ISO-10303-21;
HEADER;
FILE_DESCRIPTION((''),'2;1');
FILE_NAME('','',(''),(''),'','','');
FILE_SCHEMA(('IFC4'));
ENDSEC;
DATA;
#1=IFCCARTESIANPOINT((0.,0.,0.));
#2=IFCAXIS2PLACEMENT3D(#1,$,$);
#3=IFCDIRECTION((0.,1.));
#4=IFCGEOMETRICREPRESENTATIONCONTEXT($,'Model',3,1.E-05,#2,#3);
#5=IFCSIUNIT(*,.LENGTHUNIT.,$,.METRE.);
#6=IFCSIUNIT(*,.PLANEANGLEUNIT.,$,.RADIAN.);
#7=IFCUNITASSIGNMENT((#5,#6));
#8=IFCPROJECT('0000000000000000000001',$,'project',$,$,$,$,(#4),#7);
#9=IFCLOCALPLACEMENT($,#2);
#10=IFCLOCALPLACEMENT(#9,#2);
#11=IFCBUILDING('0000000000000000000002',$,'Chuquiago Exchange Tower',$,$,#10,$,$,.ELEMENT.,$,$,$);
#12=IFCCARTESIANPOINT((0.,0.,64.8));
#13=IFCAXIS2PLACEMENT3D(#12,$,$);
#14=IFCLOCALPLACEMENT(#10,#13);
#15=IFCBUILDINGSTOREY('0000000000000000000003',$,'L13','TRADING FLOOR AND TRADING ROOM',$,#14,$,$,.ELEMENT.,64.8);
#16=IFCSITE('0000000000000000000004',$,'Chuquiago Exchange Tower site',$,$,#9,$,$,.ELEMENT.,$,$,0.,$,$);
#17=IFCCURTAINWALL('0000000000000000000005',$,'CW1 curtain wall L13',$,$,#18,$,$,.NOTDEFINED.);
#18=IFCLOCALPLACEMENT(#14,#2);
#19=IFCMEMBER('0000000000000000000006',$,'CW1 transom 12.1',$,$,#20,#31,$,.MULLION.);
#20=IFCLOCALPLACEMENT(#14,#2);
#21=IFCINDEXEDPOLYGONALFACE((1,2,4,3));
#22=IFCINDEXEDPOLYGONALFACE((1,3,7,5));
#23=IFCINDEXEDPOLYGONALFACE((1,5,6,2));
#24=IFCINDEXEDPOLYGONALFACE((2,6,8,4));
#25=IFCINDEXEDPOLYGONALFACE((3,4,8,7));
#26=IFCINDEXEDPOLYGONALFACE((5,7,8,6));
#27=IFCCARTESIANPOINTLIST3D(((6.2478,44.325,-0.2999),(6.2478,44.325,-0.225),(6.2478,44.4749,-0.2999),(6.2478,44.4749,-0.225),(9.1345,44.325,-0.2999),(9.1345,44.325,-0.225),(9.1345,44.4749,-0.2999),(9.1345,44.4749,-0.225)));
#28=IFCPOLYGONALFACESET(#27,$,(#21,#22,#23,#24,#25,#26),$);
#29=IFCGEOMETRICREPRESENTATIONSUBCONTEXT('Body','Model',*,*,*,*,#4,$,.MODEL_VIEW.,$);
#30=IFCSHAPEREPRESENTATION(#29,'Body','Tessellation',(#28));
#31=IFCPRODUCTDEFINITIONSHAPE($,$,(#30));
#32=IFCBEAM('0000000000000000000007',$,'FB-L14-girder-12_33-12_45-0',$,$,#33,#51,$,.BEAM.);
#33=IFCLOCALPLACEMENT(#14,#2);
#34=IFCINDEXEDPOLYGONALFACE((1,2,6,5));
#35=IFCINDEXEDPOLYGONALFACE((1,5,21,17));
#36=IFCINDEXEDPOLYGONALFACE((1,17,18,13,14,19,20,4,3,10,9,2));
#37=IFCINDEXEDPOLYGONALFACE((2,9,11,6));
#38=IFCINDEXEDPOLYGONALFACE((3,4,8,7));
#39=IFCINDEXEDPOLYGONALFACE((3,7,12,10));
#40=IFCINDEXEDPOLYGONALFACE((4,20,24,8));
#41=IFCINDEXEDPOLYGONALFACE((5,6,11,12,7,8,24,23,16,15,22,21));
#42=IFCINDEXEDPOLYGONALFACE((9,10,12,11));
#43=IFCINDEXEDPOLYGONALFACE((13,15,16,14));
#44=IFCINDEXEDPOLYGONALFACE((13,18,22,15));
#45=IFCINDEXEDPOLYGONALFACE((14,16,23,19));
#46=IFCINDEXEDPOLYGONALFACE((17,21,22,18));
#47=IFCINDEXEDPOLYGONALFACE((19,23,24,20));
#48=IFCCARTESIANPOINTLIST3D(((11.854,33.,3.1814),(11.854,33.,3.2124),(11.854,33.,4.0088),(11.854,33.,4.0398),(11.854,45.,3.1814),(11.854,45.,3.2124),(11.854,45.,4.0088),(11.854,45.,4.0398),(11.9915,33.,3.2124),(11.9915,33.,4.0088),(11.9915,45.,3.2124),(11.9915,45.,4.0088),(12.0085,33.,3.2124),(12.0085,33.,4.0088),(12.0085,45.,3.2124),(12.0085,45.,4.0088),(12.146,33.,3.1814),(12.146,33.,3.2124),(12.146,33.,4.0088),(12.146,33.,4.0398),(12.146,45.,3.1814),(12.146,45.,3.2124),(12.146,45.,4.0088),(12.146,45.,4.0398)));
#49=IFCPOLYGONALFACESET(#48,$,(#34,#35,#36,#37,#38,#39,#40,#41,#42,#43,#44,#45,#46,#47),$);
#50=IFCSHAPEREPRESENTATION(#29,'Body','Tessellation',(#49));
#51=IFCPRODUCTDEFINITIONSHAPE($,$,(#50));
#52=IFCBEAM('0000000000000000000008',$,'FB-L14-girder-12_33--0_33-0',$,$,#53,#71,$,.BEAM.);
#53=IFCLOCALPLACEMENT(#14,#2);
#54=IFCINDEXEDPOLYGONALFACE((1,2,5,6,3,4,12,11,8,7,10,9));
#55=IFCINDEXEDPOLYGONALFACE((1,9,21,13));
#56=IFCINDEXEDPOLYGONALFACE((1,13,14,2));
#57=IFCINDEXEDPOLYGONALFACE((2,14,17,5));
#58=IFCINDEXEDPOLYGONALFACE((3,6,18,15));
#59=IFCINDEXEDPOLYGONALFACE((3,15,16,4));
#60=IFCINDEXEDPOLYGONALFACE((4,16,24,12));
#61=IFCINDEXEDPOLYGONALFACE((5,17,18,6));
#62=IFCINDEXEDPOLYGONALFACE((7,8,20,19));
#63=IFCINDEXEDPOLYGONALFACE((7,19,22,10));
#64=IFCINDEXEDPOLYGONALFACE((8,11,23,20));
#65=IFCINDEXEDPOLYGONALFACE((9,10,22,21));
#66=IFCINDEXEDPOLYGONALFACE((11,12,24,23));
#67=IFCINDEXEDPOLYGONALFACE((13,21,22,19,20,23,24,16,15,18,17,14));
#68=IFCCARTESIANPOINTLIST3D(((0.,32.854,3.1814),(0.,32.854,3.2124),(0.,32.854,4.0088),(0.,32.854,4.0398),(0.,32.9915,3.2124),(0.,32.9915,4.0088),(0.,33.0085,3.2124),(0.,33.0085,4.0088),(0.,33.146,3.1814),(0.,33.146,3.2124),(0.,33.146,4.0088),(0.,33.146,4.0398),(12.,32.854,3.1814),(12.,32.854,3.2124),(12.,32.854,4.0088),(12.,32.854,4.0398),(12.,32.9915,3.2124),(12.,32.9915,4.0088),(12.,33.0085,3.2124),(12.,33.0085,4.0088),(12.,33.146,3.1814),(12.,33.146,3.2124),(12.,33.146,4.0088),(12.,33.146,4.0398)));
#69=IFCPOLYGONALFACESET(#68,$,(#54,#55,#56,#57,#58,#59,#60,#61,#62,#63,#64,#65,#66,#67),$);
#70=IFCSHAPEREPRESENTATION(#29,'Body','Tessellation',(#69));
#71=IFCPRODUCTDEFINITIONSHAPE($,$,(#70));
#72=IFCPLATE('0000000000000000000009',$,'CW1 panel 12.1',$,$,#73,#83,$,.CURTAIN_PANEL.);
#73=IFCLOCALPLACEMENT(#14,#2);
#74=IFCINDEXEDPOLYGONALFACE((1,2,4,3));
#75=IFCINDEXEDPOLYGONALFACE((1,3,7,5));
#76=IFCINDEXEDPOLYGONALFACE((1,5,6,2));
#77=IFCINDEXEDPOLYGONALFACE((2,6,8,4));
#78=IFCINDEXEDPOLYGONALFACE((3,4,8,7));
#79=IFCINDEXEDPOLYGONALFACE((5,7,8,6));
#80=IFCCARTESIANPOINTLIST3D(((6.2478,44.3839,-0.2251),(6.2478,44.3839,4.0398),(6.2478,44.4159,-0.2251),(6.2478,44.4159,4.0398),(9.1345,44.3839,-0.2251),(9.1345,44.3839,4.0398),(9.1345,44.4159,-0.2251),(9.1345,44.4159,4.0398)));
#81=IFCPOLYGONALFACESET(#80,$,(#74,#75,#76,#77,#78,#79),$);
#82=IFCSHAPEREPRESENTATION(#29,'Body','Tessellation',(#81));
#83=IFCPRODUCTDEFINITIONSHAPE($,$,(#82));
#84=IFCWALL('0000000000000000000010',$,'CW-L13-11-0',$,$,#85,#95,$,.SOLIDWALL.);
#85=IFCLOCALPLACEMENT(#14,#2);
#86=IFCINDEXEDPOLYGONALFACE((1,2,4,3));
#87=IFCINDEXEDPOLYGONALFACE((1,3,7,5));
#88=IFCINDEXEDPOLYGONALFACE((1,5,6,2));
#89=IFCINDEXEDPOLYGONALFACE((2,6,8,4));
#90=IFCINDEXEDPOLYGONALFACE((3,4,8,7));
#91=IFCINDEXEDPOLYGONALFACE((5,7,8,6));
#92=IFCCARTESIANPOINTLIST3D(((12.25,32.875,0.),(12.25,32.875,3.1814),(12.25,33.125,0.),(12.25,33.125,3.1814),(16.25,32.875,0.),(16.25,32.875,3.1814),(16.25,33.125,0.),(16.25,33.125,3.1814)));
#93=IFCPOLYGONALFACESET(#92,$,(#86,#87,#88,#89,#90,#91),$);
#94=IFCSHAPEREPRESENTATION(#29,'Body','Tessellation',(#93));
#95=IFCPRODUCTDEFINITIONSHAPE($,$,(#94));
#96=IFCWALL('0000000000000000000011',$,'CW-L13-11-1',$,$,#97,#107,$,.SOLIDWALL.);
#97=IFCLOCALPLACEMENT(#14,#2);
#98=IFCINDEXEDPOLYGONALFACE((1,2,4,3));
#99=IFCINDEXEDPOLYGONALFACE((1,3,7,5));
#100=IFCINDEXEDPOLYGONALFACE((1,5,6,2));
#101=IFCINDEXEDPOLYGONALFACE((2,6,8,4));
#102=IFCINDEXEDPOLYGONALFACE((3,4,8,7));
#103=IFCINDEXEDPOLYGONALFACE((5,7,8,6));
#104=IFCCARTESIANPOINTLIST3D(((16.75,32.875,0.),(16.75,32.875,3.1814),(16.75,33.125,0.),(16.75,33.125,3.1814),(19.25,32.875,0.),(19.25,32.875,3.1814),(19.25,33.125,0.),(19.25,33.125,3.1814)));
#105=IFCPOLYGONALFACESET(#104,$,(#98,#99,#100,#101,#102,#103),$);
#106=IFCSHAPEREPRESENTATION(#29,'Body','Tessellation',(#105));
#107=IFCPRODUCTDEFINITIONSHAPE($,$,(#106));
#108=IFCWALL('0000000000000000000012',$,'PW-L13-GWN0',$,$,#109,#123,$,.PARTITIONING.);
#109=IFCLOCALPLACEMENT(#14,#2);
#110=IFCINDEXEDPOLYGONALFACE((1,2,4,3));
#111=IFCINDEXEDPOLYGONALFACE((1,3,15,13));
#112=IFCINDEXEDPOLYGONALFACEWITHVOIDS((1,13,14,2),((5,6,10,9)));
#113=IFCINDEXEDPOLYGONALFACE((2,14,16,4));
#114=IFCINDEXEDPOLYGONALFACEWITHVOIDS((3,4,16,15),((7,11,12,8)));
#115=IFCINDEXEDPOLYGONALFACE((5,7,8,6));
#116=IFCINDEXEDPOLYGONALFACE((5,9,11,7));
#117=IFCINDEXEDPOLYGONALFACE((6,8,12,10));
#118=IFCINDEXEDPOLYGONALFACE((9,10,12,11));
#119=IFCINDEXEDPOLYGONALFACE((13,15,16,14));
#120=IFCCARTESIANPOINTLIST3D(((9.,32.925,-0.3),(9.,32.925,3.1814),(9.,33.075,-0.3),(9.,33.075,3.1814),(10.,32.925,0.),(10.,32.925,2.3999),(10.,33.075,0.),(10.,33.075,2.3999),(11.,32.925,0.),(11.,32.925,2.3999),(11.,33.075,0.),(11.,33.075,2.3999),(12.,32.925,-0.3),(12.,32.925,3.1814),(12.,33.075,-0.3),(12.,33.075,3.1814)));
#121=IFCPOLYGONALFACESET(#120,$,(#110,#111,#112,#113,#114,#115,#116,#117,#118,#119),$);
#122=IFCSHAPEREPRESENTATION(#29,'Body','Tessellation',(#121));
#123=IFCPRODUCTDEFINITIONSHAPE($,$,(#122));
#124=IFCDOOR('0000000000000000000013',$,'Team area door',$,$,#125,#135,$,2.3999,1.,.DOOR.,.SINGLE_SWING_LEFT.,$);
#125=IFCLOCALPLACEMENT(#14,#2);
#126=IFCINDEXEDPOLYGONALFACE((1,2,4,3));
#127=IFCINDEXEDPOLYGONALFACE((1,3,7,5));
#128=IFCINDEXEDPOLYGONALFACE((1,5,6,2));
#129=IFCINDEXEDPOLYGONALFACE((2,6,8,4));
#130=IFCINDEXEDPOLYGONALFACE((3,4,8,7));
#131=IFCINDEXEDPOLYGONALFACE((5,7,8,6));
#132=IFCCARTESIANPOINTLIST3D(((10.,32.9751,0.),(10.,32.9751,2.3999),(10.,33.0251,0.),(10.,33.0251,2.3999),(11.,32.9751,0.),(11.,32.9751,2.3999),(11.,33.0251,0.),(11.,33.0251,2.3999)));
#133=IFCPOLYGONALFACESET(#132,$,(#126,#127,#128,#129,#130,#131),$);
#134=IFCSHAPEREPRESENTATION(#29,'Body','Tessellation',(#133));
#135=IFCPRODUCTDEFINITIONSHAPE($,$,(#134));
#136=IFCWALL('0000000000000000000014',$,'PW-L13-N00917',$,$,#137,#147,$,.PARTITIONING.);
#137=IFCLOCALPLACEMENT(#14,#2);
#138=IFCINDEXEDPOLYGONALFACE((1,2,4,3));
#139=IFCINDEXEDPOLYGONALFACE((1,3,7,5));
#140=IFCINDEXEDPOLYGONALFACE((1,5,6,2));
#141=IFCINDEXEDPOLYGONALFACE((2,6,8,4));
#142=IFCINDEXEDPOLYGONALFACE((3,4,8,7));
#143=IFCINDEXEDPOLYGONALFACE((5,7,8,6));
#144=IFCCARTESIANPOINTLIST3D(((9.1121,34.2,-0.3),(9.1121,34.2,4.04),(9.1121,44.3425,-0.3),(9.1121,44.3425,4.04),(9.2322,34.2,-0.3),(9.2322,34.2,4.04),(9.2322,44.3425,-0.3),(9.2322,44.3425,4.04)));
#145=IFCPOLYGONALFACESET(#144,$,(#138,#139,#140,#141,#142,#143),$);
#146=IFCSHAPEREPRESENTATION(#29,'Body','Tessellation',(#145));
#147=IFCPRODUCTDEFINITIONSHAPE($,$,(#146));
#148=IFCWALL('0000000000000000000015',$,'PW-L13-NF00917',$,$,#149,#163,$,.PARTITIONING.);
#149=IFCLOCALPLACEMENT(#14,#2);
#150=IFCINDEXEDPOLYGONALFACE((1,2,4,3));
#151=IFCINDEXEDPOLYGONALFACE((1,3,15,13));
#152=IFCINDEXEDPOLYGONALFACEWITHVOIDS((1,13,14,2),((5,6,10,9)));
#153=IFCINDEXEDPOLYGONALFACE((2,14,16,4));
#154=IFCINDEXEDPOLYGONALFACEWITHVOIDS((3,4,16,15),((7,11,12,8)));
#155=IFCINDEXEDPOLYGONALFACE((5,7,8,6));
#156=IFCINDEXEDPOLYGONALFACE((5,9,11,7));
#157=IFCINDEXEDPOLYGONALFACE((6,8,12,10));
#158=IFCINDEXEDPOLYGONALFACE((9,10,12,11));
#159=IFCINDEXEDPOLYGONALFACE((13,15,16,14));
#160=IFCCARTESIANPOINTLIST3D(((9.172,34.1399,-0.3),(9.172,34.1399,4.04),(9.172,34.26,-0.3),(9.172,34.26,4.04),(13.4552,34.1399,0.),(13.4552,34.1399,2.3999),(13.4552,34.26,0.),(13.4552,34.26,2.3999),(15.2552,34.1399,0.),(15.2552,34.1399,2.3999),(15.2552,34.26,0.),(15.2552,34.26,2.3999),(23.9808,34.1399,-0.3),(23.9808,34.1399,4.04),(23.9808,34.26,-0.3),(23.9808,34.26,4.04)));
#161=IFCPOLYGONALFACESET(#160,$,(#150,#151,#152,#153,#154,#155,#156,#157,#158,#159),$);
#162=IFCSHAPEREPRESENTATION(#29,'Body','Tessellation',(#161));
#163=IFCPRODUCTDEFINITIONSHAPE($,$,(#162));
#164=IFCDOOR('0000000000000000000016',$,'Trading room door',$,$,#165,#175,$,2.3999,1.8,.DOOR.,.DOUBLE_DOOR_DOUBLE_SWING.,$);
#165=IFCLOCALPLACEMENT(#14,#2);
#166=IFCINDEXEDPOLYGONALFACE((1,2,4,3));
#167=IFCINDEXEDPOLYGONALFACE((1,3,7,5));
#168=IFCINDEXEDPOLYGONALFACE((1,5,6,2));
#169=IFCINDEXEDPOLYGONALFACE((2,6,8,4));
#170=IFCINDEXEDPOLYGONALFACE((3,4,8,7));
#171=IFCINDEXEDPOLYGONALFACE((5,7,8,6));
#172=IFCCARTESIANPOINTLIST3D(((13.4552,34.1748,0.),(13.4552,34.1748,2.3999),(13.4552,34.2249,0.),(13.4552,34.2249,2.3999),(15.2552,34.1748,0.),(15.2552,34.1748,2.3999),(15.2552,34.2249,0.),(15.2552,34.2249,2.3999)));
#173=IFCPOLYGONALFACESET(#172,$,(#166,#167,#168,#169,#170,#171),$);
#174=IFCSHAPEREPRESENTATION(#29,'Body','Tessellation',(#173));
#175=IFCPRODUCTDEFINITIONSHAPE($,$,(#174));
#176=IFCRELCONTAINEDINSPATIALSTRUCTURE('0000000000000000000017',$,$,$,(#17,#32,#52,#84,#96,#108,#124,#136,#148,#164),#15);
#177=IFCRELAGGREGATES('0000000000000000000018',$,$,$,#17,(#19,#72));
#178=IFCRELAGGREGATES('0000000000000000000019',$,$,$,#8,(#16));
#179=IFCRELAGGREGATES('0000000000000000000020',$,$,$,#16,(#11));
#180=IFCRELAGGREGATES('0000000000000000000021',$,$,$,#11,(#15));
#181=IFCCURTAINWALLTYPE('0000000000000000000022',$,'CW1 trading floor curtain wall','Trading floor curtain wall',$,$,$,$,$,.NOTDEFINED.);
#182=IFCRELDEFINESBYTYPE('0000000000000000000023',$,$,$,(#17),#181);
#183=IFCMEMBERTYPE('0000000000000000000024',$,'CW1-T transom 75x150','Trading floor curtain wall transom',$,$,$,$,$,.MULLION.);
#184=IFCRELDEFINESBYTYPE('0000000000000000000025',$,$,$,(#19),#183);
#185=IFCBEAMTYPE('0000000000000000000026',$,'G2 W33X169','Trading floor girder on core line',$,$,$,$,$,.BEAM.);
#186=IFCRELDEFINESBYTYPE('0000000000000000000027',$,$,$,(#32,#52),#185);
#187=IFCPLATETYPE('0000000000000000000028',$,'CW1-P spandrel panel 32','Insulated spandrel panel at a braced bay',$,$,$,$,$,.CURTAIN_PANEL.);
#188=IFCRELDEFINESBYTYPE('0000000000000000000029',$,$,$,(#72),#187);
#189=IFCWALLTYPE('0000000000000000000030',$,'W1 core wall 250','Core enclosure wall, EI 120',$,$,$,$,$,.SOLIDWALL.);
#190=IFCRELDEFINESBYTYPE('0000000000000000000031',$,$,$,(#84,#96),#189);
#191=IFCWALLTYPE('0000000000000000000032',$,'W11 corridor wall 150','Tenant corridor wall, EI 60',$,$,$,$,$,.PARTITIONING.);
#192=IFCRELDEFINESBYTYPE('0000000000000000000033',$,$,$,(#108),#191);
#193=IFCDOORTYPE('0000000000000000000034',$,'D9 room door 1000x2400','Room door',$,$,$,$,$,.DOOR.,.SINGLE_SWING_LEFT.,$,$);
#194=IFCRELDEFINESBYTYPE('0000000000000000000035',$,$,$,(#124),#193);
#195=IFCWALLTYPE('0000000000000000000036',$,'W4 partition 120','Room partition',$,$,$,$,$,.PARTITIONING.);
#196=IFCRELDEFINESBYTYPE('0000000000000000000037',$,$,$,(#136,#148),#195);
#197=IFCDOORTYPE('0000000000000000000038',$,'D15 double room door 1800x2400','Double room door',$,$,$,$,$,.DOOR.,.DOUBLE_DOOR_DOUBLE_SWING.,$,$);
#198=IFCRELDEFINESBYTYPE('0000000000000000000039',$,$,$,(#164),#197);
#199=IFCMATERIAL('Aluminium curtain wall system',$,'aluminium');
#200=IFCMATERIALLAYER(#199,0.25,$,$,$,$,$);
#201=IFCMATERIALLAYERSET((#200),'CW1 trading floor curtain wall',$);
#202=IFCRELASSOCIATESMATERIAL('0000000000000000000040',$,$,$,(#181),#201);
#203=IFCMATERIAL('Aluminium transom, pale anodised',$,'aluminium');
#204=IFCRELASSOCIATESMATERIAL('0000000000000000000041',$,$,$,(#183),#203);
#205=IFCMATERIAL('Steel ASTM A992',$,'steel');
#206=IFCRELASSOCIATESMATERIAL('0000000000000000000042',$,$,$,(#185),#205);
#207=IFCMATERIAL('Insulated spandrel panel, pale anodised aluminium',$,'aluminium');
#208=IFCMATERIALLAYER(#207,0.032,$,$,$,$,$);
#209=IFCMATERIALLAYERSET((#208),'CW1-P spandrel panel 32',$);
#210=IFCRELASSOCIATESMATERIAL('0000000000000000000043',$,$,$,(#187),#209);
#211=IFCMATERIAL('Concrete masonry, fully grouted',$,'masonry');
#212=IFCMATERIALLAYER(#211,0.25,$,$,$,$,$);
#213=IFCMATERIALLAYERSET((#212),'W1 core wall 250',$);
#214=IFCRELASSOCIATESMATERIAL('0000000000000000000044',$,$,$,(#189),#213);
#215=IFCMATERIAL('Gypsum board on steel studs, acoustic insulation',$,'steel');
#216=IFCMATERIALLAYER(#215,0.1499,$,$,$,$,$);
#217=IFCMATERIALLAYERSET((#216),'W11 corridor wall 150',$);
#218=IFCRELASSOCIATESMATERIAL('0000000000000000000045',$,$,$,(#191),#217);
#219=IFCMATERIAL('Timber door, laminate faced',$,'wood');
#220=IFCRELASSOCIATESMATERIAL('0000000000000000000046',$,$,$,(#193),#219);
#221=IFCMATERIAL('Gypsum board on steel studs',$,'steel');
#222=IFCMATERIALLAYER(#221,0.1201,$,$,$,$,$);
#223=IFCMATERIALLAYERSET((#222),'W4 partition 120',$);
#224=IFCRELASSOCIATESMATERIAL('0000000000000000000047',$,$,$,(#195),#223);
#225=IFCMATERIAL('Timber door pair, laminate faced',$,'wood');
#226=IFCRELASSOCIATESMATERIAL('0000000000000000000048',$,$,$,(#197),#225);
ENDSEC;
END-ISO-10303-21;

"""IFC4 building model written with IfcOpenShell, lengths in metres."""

from ifc_helpers import new_model, si_unit, direction, frame, frame_2d, origin, origin_2d, place, context, subcontext, project, spatial, rectangle, i_section, extrude, material, layer, layer_set, material_profile, profile_set, type_object, element, fill, aggregate, save


model = new_model("IFC4")

# Units and contexts
model_context = context("Model", 3, precision=1e-05, world=origin(), true_north=direction((0.0, 1.0)))
body_context = subcontext(model_context, "Body", "Model", "MODEL_VIEW")
ifc_project = project(units=[si_unit("LENGTHUNIT", "METRE"), si_unit("PLANEANGLEUNIT", "RADIAN")], contexts=[model_context])

# Site, building, storey
site_placement = place(None, origin())
site = spatial("IfcSite", under=ifc_project, at=site_placement, Name="Chuquiago Exchange Tower site", CompositionType="ELEMENT", RefElevation=0.0)
building_placement = place(site_placement, origin())
building = spatial("IfcBuilding", under=site, at=building_placement, Name="Chuquiago Exchange Tower", CompositionType="ELEMENT")
storey_placement = place(building_placement, frame((0.0, 0.0, 64.8)))
storey = spatial("IfcBuildingStorey", under=building, at=storey_placement, Name="L13", Description="TRADING FLOOR AND TRADING ROOM", CompositionType="ELEMENT", Elevation=64.8)

# Curtain wall, member
ifc_material_1 = material(Name="Aluminium curtain wall system", Category="aluminium")
ifc_layer_1 = layer(ifc_material_1, 0.25)
ifc_layer_set_1 = layer_set([ifc_layer_1], Name="CW1 trading floor curtain wall")
curtain_wall_type = type_object("IfcCurtainWallType", Name="CW1 trading floor curtain wall", Description="Trading floor curtain wall", PredefinedType="NOTDEFINED", material=ifc_layer_set_1)
curtain_wall_placement = place(storey_placement, origin())
curtain_wall = element("IfcCurtainWall", 1, at=curtain_wall_placement, inside=storey, type_object=curtain_wall_type, Name="CW1 curtain wall L13", PredefinedType="NOTDEFINED")
ifc_material_2 = material(Name="Aluminium transom, pale anodised", Category="aluminium")
ifc_material_profile_1 = material_profile(ifc_material_2, rectangle(XDim=0.1499, YDim=0.075, at=origin_2d()), Name="AL 150x75")
ifc_profile_set_1 = profile_set([ifc_material_profile_1], Name="Aluminium transom, pale anodised")
member_type = type_object("IfcMemberType", Name="CW1-T transom 75x150", Description="Trading floor curtain wall transom", PredefinedType="MULLION", material=ifc_profile_set_1)
member_placement = place(storey_placement, frame((9.1345, 44.3999, -0.2625), z_axis=(-1.0, 0.0, 0.0), x_axis=(0.0, -1.0, 0.0)))
member = element("IfcMember", 2, at=member_placement, type_object=member_type, Name="CW1 transom 12.1", PredefinedType="MULLION", context=body_context, shape_type="SweptSolid", body=[
    extrude(rectangle(XDim=0.1499, YDim=0.075, at=origin_2d()), origin(), (0.0, 0.0, 1.0), 2.8867),
])

# Beams
ifc_material_3 = material(Name="Steel ASTM A992", Category="steel")
ifc_material_profile_2 = material_profile(ifc_material_3, i_section(OverallWidth=0.292, OverallDepth=0.8584, WebThickness=0.0171, FlangeThickness=0.031, at=origin_2d()), Name="W33X169")
ifc_profile_set_2 = profile_set([ifc_material_profile_2], Name="Steel ASTM A992")
beam_type_1 = type_object("IfcBeamType", Name="G2 W33X169", Description="Trading floor girder on core line", PredefinedType="BEAM", material=ifc_profile_set_2)
for number, where, z_axis, x_axis, name in (
    (3, (12.0, 33.0, 3.6106), (0.0, 1.0, 0.0), (-1.0, 0.0, 0.0), "FB-L14-girder-12_33-12_45-0"),
    (4, (12.0, 33.0, 3.6106), (-1.0, 0.0, 0.0), (0.0, -1.0, 0.0), "FB-L14-girder-12_33--0_33-0"),
):
    element("IfcBeam", number, at=place(storey_placement, frame(where, z_axis=z_axis, x_axis=x_axis)), inside=storey, type_object=beam_type_1, Name=name, PredefinedType="BEAM", context=body_context, shape_type="SweptSolid", body=[
        extrude(i_section(OverallWidth=0.292, OverallDepth=0.8584, WebThickness=0.0171, FlangeThickness=0.031, at=origin_2d()), origin(), (0.0, 0.0, 1.0), 12.0),
    ])

# Plate
ifc_material_4 = material(Name="Insulated spandrel panel, pale anodised aluminium", Category="aluminium")
ifc_layer_2 = layer(ifc_material_4, 0.032)
ifc_layer_set_2 = layer_set([ifc_layer_2], Name="CW1-P spandrel panel 32")
plate_type = type_object("IfcPlateType", Name="CW1-P spandrel panel 32", Description="Insulated spandrel panel at a braced bay", PredefinedType="CURTAIN_PANEL", material=ifc_layer_set_2)
plate_placement = place(storey_placement, frame((7.6912, 44.3999, -0.2251), z_axis=(0.0, 0.0, 1.0), x_axis=(-1.0, 0.0, 0.0)))
plate = element("IfcPlate", 5, at=plate_placement, type_object=plate_type, Name="CW1 panel 12.1", PredefinedType="CURTAIN_PANEL", context=body_context, shape_type="SweptSolid", body=[
    extrude(rectangle(XDim=2.8867, YDim=0.032, at=origin_2d()), origin(), (0.0, 0.0, 1.0), 4.2649),
])
aggregate(curtain_wall, [member, plate])

# Walls
ifc_material_5 = material(Name="Concrete masonry, fully grouted", Category="masonry")
ifc_layer_3 = layer(ifc_material_5, 0.25)
ifc_layer_set_3 = layer_set([ifc_layer_3], Name="W1 core wall 250")
wall_type_1 = type_object("IfcWallType", Name="W1 core wall 250", Description="Core enclosure wall, EI 120", PredefinedType="SOLIDWALL", material=ifc_layer_set_3)
wall_1_placement = place(storey_placement, frame((12.25, 33.0, 0.0), z_axis=(0.0, 0.0, 1.0), x_axis=(1.0, 0.0, 0.0)))
element("IfcWall", 6, at=wall_1_placement, inside=storey, type_object=wall_type_1, Name="CW-L13-11-0", PredefinedType="SOLIDWALL", context=body_context, shape_type="SweptSolid", body=[
    extrude(rectangle(XDim=4.0, YDim=0.25, at=frame_2d((2.0, 0.0))), origin(), (0.0, 0.0, 1.0), 3.1814),
])
wall_2_placement = place(storey_placement, frame((16.75, 33.0, 0.0), z_axis=(0.0, 0.0, 1.0), x_axis=(1.0, 0.0, 0.0)))
element("IfcWall", 7, at=wall_2_placement, inside=storey, type_object=wall_type_1, Name="CW-L13-11-1", PredefinedType="SOLIDWALL", context=body_context, shape_type="SweptSolid", body=[
    extrude(rectangle(XDim=2.5, YDim=0.25, at=frame_2d((1.25, 0.0))), origin(), (0.0, 0.0, 1.0), 3.1814),
])

# Wall, opening, door
ifc_material_6 = material(Name="Gypsum board on steel studs, acoustic insulation", Category="steel")
ifc_layer_4 = layer(ifc_material_6, 0.1499)
ifc_layer_set_4 = layer_set([ifc_layer_4], Name="W11 corridor wall 150")
wall_type_2 = type_object("IfcWallType", Name="W11 corridor wall 150", Description="Tenant corridor wall, EI 60", PredefinedType="PARTITIONING", material=ifc_layer_set_4)
wall_3_placement = place(storey_placement, frame((9.0, 33.0, -0.3), z_axis=(0.0, 0.0, 1.0), x_axis=(1.0, 0.0, 0.0)))
wall_3 = element("IfcWall", 8, at=wall_3_placement, inside=storey, type_object=wall_type_2, Name="PW-L13-GWN0", PredefinedType="PARTITIONING", context=body_context, shape_type="SweptSolid", body=[
    extrude(rectangle(XDim=3.0, YDim=0.1499, at=frame_2d((1.5, 0.0))), origin(), (0.0, 0.0, 1.0), 3.4814),
])
opening_1_placement = place(wall_3_placement, frame((1.0, 0.0, 0.3)))
opening_1 = element("IfcOpeningElement", 9, at=opening_1_placement, cuts=wall_3, PredefinedType="OPENING", context=body_context, shape_type="SweptSolid", body=[
    extrude(rectangle(XDim=1.0, YDim=2.3999, at=frame_2d((0.5, 1.2))), frame((0.0, 0.085, 0.0), z_axis=(0.0, -1.0, 0.0), x_axis=(1.0, 0.0, 0.0)), (0.0, 0.0, 1.0), 0.1699),
])
ifc_material_7 = material(Name="Timber door, laminate faced", Category="wood")
door_type_1 = type_object("IfcDoorType", Name="D9 room door 1000x2400", Description="Room door", OperationType="SINGLE_SWING_LEFT", PredefinedType="DOOR", material=ifc_material_7)
door_1_placement = place(opening_1_placement, frame((1.0, 0.0, 0.0), z_axis=(0.0, 0.0, 1.0), x_axis=(-1.0, 0.0, 0.0)))
door_1 = element("IfcDoor", 10, at=door_1_placement, inside=storey, type_object=door_type_1, Name="Team area door", OperationType="SINGLE_SWING_LEFT", OverallHeight=2.3999, OverallWidth=1.0, PredefinedType="DOOR", context=body_context, shape_type="SweptSolid", body=[
    extrude(rectangle(XDim=1.0, YDim=2.3999, at=frame_2d((0.5, 1.2))), frame((0.0, 0.0249, 0.0), z_axis=(0.0, -1.0, 0.0), x_axis=(1.0, 0.0, 0.0)), (0.0, 0.0, 1.0), 0.05),
])
fill(opening_1, door_1)

# Wall
ifc_material_8 = material(Name="Gypsum board on steel studs", Category="steel")
ifc_layer_5 = layer(ifc_material_8, 0.1201)
ifc_layer_set_5 = layer_set([ifc_layer_5], Name="W4 partition 120")
wall_type_3 = type_object("IfcWallType", Name="W4 partition 120", Description="Room partition", PredefinedType="PARTITIONING", material=ifc_layer_set_5)
wall_4_placement = place(storey_placement, frame((9.1721, 44.3425, -0.3), z_axis=(0.0, 0.0, 1.0), x_axis=(0.0, -1.0, 0.0)))
element("IfcWall", 11, at=wall_4_placement, inside=storey, type_object=wall_type_3, Name="PW-L13-N00917", PredefinedType="PARTITIONING", context=body_context, shape_type="SweptSolid", body=[
    extrude(rectangle(XDim=10.1426, YDim=0.1201, at=frame_2d((5.0713, 0.0))), origin(), (0.0, 0.0, 1.0), 4.3401),
])

# Wall, opening, door
wall_5_placement = place(storey_placement, frame((9.1721, 34.2, -0.3), z_axis=(0.0, 0.0, 1.0), x_axis=(1.0, 0.0, 0.0)))
wall_5 = element("IfcWall", 12, at=wall_5_placement, inside=storey, type_object=wall_type_3, Name="PW-L13-NF00917", PredefinedType="PARTITIONING", context=body_context, shape_type="SweptSolid", body=[
    extrude(rectangle(XDim=14.8088, YDim=0.1201, at=frame_2d((7.4043, 0.0))), origin(), (0.0, 0.0, 1.0), 4.3401),
])
opening_2_placement = place(wall_5_placement, frame((4.2832, 0.0, 0.3)))
opening_2 = element("IfcOpeningElement", 13, at=opening_2_placement, cuts=wall_5, PredefinedType="OPENING", context=body_context, shape_type="SweptSolid", body=[
    extrude(rectangle(XDim=1.8, YDim=2.3999, at=frame_2d((0.8999, 1.2))), frame((0.0, 0.0701, 0.0), z_axis=(0.0, -1.0, 0.0), x_axis=(1.0, 0.0, 0.0)), (0.0, 0.0, 1.0), 0.1401),
])
ifc_material_9 = material(Name="Timber door pair, laminate faced", Category="wood")
door_type_2 = type_object("IfcDoorType", Name="D15 double room door 1800x2400", Description="Double room door", OperationType="DOUBLE_DOOR_DOUBLE_SWING", PredefinedType="DOOR", material=ifc_material_9)
door_2_placement = place(opening_2_placement, origin())
door_2 = element("IfcDoor", 14, at=door_2_placement, inside=storey, type_object=door_type_2, Name="Trading room door", OperationType="DOUBLE_DOOR_DOUBLE_SWING", OverallHeight=2.3999, OverallWidth=1.8, PredefinedType="DOOR", context=body_context, shape_type="SweptSolid", body=[
    extrude(rectangle(XDim=1.8, YDim=2.3999, at=frame_2d((0.8999, 1.2))), frame((0.0, 0.0249, 0.0), z_axis=(0.0, -1.0, 0.0), x_axis=(1.0, 0.0, 0.0)), (0.0, 0.0, 1.0), 0.05),
])
fill(opening_2, door_2)

save(model, "model.ifc")
